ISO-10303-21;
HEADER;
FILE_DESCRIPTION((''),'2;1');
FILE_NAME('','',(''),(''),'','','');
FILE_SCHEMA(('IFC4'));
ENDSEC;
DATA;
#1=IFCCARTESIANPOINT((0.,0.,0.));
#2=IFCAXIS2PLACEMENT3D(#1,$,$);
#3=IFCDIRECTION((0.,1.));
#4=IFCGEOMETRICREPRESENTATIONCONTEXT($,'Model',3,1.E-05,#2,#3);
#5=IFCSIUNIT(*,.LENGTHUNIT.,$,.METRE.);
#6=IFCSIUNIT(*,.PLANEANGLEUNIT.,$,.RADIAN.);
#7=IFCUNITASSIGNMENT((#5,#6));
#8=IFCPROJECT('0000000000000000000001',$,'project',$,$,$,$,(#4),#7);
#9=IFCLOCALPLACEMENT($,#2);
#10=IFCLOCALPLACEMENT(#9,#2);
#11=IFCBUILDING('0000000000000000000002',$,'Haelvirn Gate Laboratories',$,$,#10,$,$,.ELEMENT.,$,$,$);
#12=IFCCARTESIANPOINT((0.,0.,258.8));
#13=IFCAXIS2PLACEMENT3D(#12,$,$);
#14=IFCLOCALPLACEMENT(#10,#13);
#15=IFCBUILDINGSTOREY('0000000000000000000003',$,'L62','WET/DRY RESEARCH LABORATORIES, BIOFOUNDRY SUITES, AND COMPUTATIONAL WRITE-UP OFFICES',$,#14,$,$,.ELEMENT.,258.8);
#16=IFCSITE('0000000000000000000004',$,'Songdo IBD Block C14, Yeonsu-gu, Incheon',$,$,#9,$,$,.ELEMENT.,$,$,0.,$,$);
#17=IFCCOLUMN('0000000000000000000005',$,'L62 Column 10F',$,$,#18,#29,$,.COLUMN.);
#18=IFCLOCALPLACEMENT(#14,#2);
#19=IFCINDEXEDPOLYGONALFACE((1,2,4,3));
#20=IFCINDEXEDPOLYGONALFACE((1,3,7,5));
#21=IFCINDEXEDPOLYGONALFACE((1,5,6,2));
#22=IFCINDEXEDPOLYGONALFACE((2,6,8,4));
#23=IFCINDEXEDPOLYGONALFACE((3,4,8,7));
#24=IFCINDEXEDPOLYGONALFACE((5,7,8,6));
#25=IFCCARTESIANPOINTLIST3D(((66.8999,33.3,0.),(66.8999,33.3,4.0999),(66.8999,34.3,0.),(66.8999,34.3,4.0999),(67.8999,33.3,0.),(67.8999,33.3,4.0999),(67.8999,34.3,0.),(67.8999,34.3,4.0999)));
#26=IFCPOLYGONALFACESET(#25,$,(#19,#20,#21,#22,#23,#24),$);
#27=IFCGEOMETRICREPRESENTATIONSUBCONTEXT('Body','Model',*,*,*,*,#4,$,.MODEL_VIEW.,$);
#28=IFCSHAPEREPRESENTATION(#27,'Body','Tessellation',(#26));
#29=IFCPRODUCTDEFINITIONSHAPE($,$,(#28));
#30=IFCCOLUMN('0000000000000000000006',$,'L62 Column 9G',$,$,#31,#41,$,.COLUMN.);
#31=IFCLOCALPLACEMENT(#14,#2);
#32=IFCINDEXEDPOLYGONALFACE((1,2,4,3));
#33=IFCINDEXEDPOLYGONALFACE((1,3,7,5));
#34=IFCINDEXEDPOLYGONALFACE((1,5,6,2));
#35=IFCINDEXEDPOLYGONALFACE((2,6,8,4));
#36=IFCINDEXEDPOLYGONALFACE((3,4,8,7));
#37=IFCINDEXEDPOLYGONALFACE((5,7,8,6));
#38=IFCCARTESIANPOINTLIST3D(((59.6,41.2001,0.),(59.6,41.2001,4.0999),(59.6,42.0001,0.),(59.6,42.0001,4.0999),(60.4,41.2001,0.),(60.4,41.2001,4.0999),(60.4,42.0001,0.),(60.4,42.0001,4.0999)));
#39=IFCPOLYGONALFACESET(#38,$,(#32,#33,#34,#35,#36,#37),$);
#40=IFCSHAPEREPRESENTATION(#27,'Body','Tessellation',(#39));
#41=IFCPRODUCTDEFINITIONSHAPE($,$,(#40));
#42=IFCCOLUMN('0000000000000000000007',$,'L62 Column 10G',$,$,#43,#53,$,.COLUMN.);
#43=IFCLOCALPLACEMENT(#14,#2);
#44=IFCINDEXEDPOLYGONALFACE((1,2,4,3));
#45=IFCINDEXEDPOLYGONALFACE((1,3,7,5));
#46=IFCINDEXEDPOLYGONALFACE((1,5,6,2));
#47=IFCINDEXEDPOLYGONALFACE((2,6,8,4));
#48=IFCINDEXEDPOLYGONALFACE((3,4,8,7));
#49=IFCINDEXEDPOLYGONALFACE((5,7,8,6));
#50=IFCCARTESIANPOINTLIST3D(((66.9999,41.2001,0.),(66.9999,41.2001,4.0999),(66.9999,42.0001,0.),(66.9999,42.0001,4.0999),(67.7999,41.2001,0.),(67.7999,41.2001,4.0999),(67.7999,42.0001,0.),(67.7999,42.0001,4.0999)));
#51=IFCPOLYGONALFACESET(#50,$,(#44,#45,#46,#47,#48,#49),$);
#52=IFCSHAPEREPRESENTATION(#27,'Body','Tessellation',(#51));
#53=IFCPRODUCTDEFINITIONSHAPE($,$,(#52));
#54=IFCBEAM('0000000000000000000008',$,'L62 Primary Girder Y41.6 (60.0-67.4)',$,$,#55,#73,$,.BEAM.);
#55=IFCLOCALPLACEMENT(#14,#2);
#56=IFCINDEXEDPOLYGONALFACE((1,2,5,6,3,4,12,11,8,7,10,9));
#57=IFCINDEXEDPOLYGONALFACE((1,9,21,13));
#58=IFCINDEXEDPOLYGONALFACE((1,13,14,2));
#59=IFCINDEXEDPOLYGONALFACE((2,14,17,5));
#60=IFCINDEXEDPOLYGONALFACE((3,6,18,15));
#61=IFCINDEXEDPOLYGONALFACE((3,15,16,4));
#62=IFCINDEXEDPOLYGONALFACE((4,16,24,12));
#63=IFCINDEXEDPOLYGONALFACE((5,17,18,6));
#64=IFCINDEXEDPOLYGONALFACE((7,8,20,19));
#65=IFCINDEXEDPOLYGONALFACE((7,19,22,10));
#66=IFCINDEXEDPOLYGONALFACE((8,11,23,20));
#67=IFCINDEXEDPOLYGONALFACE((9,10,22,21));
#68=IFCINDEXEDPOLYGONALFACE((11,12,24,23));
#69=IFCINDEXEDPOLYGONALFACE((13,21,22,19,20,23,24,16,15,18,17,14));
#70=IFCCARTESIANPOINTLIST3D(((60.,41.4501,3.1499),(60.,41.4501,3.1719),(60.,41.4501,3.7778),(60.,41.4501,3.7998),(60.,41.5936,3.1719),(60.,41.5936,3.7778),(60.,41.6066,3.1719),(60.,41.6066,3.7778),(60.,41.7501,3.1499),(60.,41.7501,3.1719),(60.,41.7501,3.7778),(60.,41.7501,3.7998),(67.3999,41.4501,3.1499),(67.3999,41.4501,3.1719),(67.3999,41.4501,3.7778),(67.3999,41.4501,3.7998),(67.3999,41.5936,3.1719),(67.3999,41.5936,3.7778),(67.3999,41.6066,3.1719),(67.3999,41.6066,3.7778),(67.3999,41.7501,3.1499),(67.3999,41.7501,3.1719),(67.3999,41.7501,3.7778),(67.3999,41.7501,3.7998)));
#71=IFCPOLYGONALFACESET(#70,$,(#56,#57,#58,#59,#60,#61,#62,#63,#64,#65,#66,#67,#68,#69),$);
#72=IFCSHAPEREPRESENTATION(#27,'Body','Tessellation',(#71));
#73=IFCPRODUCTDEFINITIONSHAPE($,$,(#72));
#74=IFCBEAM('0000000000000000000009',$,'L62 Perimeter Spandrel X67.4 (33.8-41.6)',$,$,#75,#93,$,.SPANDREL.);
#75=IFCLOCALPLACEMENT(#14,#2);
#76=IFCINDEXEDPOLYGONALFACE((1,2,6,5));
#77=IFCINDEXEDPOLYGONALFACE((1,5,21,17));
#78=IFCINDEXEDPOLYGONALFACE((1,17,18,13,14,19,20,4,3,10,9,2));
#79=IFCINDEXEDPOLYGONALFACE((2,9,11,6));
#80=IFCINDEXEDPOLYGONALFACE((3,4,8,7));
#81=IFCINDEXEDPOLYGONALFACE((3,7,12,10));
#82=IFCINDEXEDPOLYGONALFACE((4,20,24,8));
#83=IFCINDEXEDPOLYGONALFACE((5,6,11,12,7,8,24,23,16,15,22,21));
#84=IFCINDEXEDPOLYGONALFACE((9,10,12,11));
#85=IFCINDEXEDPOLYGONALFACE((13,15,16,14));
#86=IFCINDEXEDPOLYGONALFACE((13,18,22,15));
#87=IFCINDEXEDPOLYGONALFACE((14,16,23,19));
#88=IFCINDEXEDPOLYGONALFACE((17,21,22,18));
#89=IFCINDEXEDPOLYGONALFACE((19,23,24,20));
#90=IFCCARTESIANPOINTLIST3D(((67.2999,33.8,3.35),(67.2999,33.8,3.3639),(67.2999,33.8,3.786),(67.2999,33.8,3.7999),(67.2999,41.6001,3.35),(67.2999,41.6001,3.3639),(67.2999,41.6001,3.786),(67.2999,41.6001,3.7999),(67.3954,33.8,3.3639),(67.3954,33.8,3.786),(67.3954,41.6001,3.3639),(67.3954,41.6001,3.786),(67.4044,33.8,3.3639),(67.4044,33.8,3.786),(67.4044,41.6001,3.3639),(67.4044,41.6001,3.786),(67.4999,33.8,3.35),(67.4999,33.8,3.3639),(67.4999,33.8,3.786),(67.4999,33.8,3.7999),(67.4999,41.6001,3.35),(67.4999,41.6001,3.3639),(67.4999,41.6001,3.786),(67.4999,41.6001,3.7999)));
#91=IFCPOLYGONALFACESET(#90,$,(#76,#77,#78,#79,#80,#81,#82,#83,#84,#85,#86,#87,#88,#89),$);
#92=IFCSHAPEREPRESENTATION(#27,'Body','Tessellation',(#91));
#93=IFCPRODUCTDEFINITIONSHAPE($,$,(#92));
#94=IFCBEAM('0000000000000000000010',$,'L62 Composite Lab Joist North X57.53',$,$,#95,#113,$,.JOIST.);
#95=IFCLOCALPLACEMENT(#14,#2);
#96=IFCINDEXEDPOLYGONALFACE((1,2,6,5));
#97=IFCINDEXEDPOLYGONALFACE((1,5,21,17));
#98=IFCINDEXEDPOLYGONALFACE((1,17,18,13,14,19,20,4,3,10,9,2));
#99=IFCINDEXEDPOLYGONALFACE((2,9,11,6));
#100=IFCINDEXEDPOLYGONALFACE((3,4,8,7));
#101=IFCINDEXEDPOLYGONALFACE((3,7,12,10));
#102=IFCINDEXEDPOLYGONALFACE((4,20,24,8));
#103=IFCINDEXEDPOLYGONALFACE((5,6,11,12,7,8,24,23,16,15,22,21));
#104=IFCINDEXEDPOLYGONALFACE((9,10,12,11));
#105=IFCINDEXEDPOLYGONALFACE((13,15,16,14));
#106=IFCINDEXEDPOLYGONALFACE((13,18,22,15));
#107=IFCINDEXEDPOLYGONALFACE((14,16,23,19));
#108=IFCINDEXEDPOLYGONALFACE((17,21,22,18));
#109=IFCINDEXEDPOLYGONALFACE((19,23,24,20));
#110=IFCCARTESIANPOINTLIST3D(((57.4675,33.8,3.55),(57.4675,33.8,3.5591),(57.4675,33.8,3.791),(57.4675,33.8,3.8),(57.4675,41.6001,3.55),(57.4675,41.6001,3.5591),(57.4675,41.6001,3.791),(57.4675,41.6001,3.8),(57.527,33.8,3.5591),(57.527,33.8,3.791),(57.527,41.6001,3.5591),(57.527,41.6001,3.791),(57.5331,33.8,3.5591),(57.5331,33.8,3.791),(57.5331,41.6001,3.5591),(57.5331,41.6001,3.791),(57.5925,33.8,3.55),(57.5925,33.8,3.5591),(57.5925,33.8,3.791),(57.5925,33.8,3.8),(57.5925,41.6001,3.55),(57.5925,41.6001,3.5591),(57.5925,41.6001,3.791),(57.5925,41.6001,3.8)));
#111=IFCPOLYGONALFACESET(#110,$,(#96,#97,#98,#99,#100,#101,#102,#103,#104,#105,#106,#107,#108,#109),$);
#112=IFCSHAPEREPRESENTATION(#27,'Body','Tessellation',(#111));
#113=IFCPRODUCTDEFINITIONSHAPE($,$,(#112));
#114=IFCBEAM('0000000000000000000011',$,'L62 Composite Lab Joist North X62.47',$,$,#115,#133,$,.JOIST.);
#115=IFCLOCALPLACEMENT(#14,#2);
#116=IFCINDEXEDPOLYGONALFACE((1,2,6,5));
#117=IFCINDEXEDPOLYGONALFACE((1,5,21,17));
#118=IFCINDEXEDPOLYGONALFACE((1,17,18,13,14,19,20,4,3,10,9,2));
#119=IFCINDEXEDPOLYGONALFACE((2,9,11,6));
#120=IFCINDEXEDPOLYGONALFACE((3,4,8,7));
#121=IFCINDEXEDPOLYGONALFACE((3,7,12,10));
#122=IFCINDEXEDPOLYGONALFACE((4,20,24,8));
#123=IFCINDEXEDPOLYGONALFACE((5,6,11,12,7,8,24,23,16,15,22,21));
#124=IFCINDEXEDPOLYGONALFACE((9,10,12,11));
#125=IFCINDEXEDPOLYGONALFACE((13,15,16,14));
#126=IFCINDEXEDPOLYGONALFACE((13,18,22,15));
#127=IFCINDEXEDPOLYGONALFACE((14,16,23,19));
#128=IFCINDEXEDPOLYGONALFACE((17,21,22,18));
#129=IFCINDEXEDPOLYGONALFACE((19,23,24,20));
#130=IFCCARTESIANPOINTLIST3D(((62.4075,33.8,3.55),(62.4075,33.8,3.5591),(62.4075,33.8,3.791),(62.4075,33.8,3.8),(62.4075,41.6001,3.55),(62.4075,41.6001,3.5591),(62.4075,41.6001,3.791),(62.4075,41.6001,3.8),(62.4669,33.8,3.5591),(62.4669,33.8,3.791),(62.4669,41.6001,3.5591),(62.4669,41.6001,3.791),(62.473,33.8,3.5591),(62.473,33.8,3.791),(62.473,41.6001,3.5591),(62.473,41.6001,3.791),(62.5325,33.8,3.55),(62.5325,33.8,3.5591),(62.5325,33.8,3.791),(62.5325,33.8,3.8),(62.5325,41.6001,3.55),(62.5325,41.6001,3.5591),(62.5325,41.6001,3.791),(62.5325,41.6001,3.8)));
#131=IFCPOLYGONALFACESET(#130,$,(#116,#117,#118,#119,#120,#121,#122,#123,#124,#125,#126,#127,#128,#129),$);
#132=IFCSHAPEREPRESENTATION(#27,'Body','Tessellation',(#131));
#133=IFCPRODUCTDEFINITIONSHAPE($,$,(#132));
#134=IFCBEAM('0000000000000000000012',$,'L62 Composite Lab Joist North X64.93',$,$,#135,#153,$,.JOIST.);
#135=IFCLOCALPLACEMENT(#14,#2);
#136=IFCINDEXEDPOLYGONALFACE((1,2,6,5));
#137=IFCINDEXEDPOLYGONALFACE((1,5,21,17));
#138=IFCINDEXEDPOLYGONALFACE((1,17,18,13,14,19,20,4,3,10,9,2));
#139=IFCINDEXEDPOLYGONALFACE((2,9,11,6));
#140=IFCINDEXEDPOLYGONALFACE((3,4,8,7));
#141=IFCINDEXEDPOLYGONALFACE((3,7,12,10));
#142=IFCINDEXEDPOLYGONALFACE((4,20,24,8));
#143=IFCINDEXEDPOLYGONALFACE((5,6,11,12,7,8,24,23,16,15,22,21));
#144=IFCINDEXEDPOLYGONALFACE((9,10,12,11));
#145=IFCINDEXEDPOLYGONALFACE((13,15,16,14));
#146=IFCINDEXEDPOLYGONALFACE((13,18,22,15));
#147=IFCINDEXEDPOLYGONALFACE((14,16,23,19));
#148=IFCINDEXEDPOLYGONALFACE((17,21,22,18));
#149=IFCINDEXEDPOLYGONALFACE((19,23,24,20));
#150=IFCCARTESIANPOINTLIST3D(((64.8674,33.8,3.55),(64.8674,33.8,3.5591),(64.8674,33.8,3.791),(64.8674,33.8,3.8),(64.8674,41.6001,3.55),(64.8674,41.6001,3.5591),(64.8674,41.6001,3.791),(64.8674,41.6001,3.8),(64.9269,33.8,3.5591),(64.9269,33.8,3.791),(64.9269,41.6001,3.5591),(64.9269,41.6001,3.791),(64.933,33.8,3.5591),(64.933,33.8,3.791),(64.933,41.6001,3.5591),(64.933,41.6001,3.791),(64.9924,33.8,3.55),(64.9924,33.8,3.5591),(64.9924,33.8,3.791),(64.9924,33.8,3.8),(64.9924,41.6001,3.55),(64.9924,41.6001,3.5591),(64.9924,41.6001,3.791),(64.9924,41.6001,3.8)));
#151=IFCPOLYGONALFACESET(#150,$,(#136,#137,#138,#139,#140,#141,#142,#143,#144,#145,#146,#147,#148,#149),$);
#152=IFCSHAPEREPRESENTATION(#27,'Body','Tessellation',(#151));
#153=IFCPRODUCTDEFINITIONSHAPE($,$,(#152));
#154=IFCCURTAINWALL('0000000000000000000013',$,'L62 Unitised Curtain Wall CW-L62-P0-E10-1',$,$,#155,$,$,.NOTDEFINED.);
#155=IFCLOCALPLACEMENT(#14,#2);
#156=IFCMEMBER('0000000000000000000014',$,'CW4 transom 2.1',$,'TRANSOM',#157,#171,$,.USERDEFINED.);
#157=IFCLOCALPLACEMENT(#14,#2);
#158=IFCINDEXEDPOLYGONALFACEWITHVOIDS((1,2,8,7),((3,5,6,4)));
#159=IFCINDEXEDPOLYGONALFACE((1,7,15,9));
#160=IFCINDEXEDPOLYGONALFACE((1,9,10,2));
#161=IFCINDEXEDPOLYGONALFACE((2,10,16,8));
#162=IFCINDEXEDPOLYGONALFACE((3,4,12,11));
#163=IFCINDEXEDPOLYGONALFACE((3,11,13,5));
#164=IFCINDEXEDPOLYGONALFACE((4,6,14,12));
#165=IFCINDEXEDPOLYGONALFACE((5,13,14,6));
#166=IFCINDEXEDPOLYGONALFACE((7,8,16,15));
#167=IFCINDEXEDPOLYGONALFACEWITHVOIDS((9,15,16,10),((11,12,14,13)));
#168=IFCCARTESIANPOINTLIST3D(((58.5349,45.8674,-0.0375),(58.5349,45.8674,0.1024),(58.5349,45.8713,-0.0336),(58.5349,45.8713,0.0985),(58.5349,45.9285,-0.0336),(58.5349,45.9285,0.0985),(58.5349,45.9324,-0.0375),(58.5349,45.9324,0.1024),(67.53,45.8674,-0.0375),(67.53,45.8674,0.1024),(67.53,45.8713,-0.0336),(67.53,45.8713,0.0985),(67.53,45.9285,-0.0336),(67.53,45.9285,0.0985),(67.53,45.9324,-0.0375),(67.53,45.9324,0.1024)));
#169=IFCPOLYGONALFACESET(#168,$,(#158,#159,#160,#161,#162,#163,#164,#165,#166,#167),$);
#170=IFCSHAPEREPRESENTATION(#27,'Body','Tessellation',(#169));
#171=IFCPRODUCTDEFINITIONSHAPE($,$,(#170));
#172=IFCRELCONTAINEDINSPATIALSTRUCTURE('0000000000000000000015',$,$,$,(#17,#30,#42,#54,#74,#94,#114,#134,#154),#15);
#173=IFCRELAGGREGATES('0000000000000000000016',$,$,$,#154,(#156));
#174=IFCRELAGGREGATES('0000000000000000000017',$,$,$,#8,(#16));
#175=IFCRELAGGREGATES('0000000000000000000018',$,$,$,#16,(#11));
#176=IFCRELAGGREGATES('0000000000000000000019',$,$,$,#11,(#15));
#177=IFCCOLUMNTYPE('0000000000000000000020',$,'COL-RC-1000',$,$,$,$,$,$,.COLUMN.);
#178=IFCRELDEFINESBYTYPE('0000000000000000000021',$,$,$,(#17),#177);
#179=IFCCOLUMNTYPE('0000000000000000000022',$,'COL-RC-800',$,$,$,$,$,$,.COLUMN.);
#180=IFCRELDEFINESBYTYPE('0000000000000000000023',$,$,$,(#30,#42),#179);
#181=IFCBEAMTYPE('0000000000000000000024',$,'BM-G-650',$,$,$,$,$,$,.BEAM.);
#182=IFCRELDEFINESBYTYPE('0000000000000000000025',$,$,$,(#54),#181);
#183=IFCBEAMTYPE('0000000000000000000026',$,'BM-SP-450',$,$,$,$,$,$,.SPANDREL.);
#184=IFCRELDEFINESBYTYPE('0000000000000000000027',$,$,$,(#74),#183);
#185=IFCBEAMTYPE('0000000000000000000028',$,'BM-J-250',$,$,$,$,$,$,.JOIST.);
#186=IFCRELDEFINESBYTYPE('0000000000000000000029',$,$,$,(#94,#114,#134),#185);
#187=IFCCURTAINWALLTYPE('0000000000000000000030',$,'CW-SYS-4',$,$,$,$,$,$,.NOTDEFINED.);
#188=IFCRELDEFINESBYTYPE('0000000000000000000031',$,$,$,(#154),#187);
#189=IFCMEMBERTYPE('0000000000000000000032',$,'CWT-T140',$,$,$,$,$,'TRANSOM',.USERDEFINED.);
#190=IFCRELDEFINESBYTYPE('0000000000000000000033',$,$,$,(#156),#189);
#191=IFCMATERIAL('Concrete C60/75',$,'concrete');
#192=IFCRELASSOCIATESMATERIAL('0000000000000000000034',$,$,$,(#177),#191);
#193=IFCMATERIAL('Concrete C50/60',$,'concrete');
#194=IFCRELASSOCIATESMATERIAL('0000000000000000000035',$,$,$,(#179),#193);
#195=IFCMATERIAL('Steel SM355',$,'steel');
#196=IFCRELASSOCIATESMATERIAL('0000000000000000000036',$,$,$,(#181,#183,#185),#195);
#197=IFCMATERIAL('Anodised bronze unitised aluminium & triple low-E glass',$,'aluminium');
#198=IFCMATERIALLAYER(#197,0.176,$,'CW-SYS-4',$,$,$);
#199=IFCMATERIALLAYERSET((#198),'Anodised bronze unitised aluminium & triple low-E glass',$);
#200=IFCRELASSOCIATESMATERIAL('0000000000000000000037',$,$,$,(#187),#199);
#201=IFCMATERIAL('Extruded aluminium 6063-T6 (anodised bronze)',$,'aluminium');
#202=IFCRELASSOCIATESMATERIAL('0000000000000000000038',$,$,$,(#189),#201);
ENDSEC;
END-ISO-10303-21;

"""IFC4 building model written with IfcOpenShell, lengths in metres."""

from ifc_helpers import new_model, si_unit, direction, frame, origin, origin_2d, place, context, subcontext, project, spatial, rectangle, hollow_rectangle, i_section, extrude, source, transform, mapped, material, layer, layer_set, material_profile, profile_set, type_object, type_shapes, element, aggregate, save


model = new_model("IFC4")

# Units and contexts
model_context = context("Model", 3, precision=1e-05, world=origin(), true_north=direction((0.0, 1.0)))
body_context = subcontext(model_context, "Body", "Model", "MODEL_VIEW")
ifc_project = project(units=[si_unit("LENGTHUNIT", "METRE"), si_unit("PLANEANGLEUNIT", "RADIAN")], contexts=[model_context])

# Site, building, storey
site_placement = place(None, origin())
site = spatial("IfcSite", under=ifc_project, at=site_placement, Name="Songdo IBD Block C14, Yeonsu-gu, Incheon", CompositionType="ELEMENT", RefElevation=0.0)
building_placement = place(site_placement, origin())
building = spatial("IfcBuilding", under=site, at=building_placement, Name="Haelvirn Gate Laboratories", CompositionType="ELEMENT")
storey_placement = place(building_placement, frame((0.0, 0.0, 258.8)))
storey = spatial("IfcBuildingStorey", under=building, at=storey_placement, Name="L62", Description="WET/DRY RESEARCH LABORATORIES, BIOFOUNDRY SUITES, AND COMPUTATIONAL WRITE-UP OFFICES", CompositionType="ELEMENT", Elevation=258.8)

# Columns
ifc_material_1 = material(Name="Concrete C60/75", Category="concrete")
ifc_material_profile_1 = material_profile(ifc_material_1, rectangle(XDim=1.0, YDim=1.0, at=origin_2d()), Name="RC-1000x1000")
ifc_profile_set_1 = profile_set([ifc_material_profile_1], Name="Concrete C60/75")
column_type_1 = type_object("IfcColumnType", Name="COL-RC-1000", PredefinedType="COLUMN", material=ifc_profile_set_1)
shared_shape_1 = source(origin(), body_context, "Body", "SweptSolid", [
    extrude(rectangle(XDim=1.0, YDim=1.0, at=origin_2d()), origin(), (0.0, 0.0, 1.0), 4.0999),
])
type_shapes(column_type_1, [shared_shape_1])
column_placement = place(storey_placement, frame((67.3999, 33.8, 0.0), z_axis=(0.0, 0.0, 1.0), x_axis=(1.0, 0.0, 0.0)))
element("IfcColumn", 1, at=column_placement, inside=storey, type_object=column_type_1, Name="L62 Column 10F", PredefinedType="COLUMN", context=body_context, shape_type="MappedRepresentation", body=[
    mapped(shared_shape_1, transform((0.0, 0.0, 0.0), scale=1.0)),
])
ifc_material_2 = material(Name="Concrete C50/60", Category="concrete")
ifc_material_profile_2 = material_profile(ifc_material_2, rectangle(XDim=0.8, YDim=0.8, at=origin_2d()), Name="RC-800x800")
ifc_profile_set_2 = profile_set([ifc_material_profile_2], Name="Concrete C50/60")
column_type_2 = type_object("IfcColumnType", Name="COL-RC-800", PredefinedType="COLUMN", material=ifc_profile_set_2)
shared_shape_2 = source(origin(), body_context, "Body", "SweptSolid", [
    extrude(rectangle(XDim=0.8, YDim=0.8, at=origin_2d()), origin(), (0.0, 0.0, 1.0), 4.0999),
])
type_shapes(column_type_2, [shared_shape_2])
for number, where, z_axis, x_axis, name in (
    (2, (60.0, 41.6001, 0.0), (0.0, 0.0, 1.0), (1.0, 0.0, 0.0), "L62 Column 9G"),
    (3, (67.3999, 41.6001, 0.0), (0.0, 0.0, 1.0), (1.0, 0.0, 0.0), "L62 Column 10G"),
):
    element("IfcColumn", number, at=place(storey_placement, frame(where, z_axis=z_axis, x_axis=x_axis)), inside=storey, type_object=column_type_2, Name=name, PredefinedType="COLUMN", context=body_context, shape_type="MappedRepresentation", body=[
        mapped(shared_shape_2, transform((0.0, 0.0, 0.0), scale=1.0)),
    ])

# Beams
ifc_material_3 = material(Name="Steel SM355", Category="steel")
ifc_material_profile_3 = material_profile(ifc_material_3, i_section(OverallWidth=0.3, OverallDepth=0.6499, WebThickness=0.0129, FlangeThickness=0.022, at=origin_2d()), Name="H-650x300x13x22")
ifc_profile_set_3 = profile_set([ifc_material_profile_3], Name="Steel SM355")
beam_type_1 = type_object("IfcBeamType", Name="BM-G-650", PredefinedType="BEAM", material=ifc_profile_set_3)
shared_shape_3 = source(origin(), body_context, "Body", "SweptSolid", [
    extrude(i_section(OverallWidth=0.3, OverallDepth=0.6499, WebThickness=0.0129, FlangeThickness=0.022, at=origin_2d()), origin(), (0.0, 0.0, 1.0), 7.3999),
])
type_shapes(beam_type_1, [shared_shape_3])
beam_1_placement = place(storey_placement, frame((60.0, 41.6001, 3.4749), z_axis=(1.0, 0.0, 0.0), x_axis=(0.0, 1.0, 0.0)))
element("IfcBeam", 4, at=beam_1_placement, inside=storey, type_object=beam_type_1, Name="L62 Primary Girder Y41.6 (60.0-67.4)", PredefinedType="BEAM", context=body_context, shape_type="MappedRepresentation", body=[
    mapped(shared_shape_3, transform((0.0, 0.0, 0.0), scale=1.0)),
])
ifc_material_profile_4 = material_profile(ifc_material_3, i_section(OverallWidth=0.2, OverallDepth=0.45, WebThickness=0.009, FlangeThickness=0.0139, at=origin_2d()), Name="H-450x200x9x14")
ifc_profile_set_4 = profile_set([ifc_material_profile_4], Name="Steel SM355")
beam_type_2 = type_object("IfcBeamType", Name="BM-SP-450", PredefinedType="SPANDREL", material=ifc_profile_set_4)
shared_shape_4 = source(origin(), body_context, "Body", "SweptSolid", [
    extrude(i_section(OverallWidth=0.2, OverallDepth=0.45, WebThickness=0.009, FlangeThickness=0.0139, at=origin_2d()), origin(), (0.0, 0.0, 1.0), 7.8),
])
type_shapes(beam_type_2, [shared_shape_4])
beam_2_placement = place(storey_placement, frame((67.3999, 33.8, 3.575), z_axis=(0.0, 1.0, 0.0), x_axis=(-1.0, 0.0, 0.0)))
element("IfcBeam", 5, at=beam_2_placement, inside=storey, type_object=beam_type_2, Name="L62 Perimeter Spandrel X67.4 (33.8-41.6)", PredefinedType="SPANDREL", context=body_context, shape_type="MappedRepresentation", body=[
    mapped(shared_shape_4, transform((0.0, 0.0, 0.0), scale=1.0)),
])
ifc_material_profile_5 = material_profile(ifc_material_3, i_section(OverallWidth=0.125, OverallDepth=0.25, WebThickness=0.0061, FlangeThickness=0.009, at=origin_2d()), Name="H-250x125x6x9")
ifc_profile_set_5 = profile_set([ifc_material_profile_5], Name="Steel SM355")
beam_type_3 = type_object("IfcBeamType", Name="BM-J-250", PredefinedType="JOIST", material=ifc_profile_set_5)
shared_shape_5 = source(origin(), body_context, "Body", "SweptSolid", [
    extrude(i_section(OverallWidth=0.125, OverallDepth=0.25, WebThickness=0.0061, FlangeThickness=0.009, at=origin_2d()), origin(), (0.0, 0.0, 1.0), 7.8),
])
type_shapes(beam_type_3, [shared_shape_5])
for number, where, z_axis, x_axis, name in (
    (6, (57.53, 33.8, 3.675), (0.0, 1.0, 0.0), (-1.0, 0.0, 0.0), "L62 Composite Lab Joist North X57.53"),
    (7, (62.47, 33.8, 3.675), (0.0, 1.0, 0.0), (-1.0, 0.0, 0.0), "L62 Composite Lab Joist North X62.47"),
    (8, (64.9299, 33.8, 3.675), (0.0, 1.0, 0.0), (-1.0, 0.0, 0.0), "L62 Composite Lab Joist North X64.93"),
):
    element("IfcBeam", number, at=place(storey_placement, frame(where, z_axis=z_axis, x_axis=x_axis)), inside=storey, type_object=beam_type_3, Name=name, PredefinedType="JOIST", context=body_context, shape_type="MappedRepresentation", body=[
        mapped(shared_shape_5, transform((0.0, 0.0, 0.0), scale=1.0)),
    ])

# Curtain wall, member
ifc_material_4 = material(Name="Anodised bronze unitised aluminium & triple low-E glass", Category="aluminium")
ifc_layer_1 = layer(ifc_material_4, 0.176, Name="CW-SYS-4")
ifc_layer_set_1 = layer_set([ifc_layer_1], Name="Anodised bronze unitised aluminium & triple low-E glass")
curtain_wall_type_1 = type_object("IfcCurtainWallType", Name="CW-SYS-4", PredefinedType="NOTDEFINED", material=ifc_layer_set_1)
curtain_wall_1_placement = place(storey_placement, origin())
curtain_wall_1 = element("IfcCurtainWall", 9, at=curtain_wall_1_placement, inside=storey, type_object=curtain_wall_type_1, Name="L62 Unitised Curtain Wall CW-L62-P0-E10-1", PredefinedType="NOTDEFINED")
ifc_material_5 = material(Name="Extruded aluminium 6063-T6 (anodised bronze)", Category="aluminium")
ifc_material_profile_6 = material_profile(ifc_material_5, hollow_rectangle(XDim=0.0649, YDim=0.1399, WallThickness=0.0039, at=origin_2d()), Name="CWT-140x65x4")
ifc_profile_set_6 = profile_set([ifc_material_profile_6], Name="Extruded aluminium 6063-T6 (anodised bronze)")
member_type_1 = type_object("IfcMemberType", Name="CWT-T140", ElementType="TRANSOM", PredefinedType="USERDEFINED", material=ifc_profile_set_6)
shared_shape_6 = source(origin(), body_context, "Body", "SweptSolid", [
    extrude(hollow_rectangle(XDim=0.0649, YDim=0.1399, WallThickness=0.0039, at=origin_2d()), origin(), (0.0, 0.0, 1.0), 8.9951),
])
member_1_placement = place(storey_placement, frame((58.5349, 45.8999, 0.0325), z_axis=(1.0, 0.0, 0.0), x_axis=(0.0, 1.0, 0.0)))
member_1 = element("IfcMember", 10, at=member_1_placement, type_object=member_type_1, Name="CW4 transom 2.1", ObjectType="TRANSOM", PredefinedType="USERDEFINED", context=body_context, shape_type="MappedRepresentation", body=[
    mapped(shared_shape_6, transform((0.0, 0.0, 0.0), scale=1.0)),
])

aggregate(curtain_wall_1, [member_1])

save(model, "model.ifc")
